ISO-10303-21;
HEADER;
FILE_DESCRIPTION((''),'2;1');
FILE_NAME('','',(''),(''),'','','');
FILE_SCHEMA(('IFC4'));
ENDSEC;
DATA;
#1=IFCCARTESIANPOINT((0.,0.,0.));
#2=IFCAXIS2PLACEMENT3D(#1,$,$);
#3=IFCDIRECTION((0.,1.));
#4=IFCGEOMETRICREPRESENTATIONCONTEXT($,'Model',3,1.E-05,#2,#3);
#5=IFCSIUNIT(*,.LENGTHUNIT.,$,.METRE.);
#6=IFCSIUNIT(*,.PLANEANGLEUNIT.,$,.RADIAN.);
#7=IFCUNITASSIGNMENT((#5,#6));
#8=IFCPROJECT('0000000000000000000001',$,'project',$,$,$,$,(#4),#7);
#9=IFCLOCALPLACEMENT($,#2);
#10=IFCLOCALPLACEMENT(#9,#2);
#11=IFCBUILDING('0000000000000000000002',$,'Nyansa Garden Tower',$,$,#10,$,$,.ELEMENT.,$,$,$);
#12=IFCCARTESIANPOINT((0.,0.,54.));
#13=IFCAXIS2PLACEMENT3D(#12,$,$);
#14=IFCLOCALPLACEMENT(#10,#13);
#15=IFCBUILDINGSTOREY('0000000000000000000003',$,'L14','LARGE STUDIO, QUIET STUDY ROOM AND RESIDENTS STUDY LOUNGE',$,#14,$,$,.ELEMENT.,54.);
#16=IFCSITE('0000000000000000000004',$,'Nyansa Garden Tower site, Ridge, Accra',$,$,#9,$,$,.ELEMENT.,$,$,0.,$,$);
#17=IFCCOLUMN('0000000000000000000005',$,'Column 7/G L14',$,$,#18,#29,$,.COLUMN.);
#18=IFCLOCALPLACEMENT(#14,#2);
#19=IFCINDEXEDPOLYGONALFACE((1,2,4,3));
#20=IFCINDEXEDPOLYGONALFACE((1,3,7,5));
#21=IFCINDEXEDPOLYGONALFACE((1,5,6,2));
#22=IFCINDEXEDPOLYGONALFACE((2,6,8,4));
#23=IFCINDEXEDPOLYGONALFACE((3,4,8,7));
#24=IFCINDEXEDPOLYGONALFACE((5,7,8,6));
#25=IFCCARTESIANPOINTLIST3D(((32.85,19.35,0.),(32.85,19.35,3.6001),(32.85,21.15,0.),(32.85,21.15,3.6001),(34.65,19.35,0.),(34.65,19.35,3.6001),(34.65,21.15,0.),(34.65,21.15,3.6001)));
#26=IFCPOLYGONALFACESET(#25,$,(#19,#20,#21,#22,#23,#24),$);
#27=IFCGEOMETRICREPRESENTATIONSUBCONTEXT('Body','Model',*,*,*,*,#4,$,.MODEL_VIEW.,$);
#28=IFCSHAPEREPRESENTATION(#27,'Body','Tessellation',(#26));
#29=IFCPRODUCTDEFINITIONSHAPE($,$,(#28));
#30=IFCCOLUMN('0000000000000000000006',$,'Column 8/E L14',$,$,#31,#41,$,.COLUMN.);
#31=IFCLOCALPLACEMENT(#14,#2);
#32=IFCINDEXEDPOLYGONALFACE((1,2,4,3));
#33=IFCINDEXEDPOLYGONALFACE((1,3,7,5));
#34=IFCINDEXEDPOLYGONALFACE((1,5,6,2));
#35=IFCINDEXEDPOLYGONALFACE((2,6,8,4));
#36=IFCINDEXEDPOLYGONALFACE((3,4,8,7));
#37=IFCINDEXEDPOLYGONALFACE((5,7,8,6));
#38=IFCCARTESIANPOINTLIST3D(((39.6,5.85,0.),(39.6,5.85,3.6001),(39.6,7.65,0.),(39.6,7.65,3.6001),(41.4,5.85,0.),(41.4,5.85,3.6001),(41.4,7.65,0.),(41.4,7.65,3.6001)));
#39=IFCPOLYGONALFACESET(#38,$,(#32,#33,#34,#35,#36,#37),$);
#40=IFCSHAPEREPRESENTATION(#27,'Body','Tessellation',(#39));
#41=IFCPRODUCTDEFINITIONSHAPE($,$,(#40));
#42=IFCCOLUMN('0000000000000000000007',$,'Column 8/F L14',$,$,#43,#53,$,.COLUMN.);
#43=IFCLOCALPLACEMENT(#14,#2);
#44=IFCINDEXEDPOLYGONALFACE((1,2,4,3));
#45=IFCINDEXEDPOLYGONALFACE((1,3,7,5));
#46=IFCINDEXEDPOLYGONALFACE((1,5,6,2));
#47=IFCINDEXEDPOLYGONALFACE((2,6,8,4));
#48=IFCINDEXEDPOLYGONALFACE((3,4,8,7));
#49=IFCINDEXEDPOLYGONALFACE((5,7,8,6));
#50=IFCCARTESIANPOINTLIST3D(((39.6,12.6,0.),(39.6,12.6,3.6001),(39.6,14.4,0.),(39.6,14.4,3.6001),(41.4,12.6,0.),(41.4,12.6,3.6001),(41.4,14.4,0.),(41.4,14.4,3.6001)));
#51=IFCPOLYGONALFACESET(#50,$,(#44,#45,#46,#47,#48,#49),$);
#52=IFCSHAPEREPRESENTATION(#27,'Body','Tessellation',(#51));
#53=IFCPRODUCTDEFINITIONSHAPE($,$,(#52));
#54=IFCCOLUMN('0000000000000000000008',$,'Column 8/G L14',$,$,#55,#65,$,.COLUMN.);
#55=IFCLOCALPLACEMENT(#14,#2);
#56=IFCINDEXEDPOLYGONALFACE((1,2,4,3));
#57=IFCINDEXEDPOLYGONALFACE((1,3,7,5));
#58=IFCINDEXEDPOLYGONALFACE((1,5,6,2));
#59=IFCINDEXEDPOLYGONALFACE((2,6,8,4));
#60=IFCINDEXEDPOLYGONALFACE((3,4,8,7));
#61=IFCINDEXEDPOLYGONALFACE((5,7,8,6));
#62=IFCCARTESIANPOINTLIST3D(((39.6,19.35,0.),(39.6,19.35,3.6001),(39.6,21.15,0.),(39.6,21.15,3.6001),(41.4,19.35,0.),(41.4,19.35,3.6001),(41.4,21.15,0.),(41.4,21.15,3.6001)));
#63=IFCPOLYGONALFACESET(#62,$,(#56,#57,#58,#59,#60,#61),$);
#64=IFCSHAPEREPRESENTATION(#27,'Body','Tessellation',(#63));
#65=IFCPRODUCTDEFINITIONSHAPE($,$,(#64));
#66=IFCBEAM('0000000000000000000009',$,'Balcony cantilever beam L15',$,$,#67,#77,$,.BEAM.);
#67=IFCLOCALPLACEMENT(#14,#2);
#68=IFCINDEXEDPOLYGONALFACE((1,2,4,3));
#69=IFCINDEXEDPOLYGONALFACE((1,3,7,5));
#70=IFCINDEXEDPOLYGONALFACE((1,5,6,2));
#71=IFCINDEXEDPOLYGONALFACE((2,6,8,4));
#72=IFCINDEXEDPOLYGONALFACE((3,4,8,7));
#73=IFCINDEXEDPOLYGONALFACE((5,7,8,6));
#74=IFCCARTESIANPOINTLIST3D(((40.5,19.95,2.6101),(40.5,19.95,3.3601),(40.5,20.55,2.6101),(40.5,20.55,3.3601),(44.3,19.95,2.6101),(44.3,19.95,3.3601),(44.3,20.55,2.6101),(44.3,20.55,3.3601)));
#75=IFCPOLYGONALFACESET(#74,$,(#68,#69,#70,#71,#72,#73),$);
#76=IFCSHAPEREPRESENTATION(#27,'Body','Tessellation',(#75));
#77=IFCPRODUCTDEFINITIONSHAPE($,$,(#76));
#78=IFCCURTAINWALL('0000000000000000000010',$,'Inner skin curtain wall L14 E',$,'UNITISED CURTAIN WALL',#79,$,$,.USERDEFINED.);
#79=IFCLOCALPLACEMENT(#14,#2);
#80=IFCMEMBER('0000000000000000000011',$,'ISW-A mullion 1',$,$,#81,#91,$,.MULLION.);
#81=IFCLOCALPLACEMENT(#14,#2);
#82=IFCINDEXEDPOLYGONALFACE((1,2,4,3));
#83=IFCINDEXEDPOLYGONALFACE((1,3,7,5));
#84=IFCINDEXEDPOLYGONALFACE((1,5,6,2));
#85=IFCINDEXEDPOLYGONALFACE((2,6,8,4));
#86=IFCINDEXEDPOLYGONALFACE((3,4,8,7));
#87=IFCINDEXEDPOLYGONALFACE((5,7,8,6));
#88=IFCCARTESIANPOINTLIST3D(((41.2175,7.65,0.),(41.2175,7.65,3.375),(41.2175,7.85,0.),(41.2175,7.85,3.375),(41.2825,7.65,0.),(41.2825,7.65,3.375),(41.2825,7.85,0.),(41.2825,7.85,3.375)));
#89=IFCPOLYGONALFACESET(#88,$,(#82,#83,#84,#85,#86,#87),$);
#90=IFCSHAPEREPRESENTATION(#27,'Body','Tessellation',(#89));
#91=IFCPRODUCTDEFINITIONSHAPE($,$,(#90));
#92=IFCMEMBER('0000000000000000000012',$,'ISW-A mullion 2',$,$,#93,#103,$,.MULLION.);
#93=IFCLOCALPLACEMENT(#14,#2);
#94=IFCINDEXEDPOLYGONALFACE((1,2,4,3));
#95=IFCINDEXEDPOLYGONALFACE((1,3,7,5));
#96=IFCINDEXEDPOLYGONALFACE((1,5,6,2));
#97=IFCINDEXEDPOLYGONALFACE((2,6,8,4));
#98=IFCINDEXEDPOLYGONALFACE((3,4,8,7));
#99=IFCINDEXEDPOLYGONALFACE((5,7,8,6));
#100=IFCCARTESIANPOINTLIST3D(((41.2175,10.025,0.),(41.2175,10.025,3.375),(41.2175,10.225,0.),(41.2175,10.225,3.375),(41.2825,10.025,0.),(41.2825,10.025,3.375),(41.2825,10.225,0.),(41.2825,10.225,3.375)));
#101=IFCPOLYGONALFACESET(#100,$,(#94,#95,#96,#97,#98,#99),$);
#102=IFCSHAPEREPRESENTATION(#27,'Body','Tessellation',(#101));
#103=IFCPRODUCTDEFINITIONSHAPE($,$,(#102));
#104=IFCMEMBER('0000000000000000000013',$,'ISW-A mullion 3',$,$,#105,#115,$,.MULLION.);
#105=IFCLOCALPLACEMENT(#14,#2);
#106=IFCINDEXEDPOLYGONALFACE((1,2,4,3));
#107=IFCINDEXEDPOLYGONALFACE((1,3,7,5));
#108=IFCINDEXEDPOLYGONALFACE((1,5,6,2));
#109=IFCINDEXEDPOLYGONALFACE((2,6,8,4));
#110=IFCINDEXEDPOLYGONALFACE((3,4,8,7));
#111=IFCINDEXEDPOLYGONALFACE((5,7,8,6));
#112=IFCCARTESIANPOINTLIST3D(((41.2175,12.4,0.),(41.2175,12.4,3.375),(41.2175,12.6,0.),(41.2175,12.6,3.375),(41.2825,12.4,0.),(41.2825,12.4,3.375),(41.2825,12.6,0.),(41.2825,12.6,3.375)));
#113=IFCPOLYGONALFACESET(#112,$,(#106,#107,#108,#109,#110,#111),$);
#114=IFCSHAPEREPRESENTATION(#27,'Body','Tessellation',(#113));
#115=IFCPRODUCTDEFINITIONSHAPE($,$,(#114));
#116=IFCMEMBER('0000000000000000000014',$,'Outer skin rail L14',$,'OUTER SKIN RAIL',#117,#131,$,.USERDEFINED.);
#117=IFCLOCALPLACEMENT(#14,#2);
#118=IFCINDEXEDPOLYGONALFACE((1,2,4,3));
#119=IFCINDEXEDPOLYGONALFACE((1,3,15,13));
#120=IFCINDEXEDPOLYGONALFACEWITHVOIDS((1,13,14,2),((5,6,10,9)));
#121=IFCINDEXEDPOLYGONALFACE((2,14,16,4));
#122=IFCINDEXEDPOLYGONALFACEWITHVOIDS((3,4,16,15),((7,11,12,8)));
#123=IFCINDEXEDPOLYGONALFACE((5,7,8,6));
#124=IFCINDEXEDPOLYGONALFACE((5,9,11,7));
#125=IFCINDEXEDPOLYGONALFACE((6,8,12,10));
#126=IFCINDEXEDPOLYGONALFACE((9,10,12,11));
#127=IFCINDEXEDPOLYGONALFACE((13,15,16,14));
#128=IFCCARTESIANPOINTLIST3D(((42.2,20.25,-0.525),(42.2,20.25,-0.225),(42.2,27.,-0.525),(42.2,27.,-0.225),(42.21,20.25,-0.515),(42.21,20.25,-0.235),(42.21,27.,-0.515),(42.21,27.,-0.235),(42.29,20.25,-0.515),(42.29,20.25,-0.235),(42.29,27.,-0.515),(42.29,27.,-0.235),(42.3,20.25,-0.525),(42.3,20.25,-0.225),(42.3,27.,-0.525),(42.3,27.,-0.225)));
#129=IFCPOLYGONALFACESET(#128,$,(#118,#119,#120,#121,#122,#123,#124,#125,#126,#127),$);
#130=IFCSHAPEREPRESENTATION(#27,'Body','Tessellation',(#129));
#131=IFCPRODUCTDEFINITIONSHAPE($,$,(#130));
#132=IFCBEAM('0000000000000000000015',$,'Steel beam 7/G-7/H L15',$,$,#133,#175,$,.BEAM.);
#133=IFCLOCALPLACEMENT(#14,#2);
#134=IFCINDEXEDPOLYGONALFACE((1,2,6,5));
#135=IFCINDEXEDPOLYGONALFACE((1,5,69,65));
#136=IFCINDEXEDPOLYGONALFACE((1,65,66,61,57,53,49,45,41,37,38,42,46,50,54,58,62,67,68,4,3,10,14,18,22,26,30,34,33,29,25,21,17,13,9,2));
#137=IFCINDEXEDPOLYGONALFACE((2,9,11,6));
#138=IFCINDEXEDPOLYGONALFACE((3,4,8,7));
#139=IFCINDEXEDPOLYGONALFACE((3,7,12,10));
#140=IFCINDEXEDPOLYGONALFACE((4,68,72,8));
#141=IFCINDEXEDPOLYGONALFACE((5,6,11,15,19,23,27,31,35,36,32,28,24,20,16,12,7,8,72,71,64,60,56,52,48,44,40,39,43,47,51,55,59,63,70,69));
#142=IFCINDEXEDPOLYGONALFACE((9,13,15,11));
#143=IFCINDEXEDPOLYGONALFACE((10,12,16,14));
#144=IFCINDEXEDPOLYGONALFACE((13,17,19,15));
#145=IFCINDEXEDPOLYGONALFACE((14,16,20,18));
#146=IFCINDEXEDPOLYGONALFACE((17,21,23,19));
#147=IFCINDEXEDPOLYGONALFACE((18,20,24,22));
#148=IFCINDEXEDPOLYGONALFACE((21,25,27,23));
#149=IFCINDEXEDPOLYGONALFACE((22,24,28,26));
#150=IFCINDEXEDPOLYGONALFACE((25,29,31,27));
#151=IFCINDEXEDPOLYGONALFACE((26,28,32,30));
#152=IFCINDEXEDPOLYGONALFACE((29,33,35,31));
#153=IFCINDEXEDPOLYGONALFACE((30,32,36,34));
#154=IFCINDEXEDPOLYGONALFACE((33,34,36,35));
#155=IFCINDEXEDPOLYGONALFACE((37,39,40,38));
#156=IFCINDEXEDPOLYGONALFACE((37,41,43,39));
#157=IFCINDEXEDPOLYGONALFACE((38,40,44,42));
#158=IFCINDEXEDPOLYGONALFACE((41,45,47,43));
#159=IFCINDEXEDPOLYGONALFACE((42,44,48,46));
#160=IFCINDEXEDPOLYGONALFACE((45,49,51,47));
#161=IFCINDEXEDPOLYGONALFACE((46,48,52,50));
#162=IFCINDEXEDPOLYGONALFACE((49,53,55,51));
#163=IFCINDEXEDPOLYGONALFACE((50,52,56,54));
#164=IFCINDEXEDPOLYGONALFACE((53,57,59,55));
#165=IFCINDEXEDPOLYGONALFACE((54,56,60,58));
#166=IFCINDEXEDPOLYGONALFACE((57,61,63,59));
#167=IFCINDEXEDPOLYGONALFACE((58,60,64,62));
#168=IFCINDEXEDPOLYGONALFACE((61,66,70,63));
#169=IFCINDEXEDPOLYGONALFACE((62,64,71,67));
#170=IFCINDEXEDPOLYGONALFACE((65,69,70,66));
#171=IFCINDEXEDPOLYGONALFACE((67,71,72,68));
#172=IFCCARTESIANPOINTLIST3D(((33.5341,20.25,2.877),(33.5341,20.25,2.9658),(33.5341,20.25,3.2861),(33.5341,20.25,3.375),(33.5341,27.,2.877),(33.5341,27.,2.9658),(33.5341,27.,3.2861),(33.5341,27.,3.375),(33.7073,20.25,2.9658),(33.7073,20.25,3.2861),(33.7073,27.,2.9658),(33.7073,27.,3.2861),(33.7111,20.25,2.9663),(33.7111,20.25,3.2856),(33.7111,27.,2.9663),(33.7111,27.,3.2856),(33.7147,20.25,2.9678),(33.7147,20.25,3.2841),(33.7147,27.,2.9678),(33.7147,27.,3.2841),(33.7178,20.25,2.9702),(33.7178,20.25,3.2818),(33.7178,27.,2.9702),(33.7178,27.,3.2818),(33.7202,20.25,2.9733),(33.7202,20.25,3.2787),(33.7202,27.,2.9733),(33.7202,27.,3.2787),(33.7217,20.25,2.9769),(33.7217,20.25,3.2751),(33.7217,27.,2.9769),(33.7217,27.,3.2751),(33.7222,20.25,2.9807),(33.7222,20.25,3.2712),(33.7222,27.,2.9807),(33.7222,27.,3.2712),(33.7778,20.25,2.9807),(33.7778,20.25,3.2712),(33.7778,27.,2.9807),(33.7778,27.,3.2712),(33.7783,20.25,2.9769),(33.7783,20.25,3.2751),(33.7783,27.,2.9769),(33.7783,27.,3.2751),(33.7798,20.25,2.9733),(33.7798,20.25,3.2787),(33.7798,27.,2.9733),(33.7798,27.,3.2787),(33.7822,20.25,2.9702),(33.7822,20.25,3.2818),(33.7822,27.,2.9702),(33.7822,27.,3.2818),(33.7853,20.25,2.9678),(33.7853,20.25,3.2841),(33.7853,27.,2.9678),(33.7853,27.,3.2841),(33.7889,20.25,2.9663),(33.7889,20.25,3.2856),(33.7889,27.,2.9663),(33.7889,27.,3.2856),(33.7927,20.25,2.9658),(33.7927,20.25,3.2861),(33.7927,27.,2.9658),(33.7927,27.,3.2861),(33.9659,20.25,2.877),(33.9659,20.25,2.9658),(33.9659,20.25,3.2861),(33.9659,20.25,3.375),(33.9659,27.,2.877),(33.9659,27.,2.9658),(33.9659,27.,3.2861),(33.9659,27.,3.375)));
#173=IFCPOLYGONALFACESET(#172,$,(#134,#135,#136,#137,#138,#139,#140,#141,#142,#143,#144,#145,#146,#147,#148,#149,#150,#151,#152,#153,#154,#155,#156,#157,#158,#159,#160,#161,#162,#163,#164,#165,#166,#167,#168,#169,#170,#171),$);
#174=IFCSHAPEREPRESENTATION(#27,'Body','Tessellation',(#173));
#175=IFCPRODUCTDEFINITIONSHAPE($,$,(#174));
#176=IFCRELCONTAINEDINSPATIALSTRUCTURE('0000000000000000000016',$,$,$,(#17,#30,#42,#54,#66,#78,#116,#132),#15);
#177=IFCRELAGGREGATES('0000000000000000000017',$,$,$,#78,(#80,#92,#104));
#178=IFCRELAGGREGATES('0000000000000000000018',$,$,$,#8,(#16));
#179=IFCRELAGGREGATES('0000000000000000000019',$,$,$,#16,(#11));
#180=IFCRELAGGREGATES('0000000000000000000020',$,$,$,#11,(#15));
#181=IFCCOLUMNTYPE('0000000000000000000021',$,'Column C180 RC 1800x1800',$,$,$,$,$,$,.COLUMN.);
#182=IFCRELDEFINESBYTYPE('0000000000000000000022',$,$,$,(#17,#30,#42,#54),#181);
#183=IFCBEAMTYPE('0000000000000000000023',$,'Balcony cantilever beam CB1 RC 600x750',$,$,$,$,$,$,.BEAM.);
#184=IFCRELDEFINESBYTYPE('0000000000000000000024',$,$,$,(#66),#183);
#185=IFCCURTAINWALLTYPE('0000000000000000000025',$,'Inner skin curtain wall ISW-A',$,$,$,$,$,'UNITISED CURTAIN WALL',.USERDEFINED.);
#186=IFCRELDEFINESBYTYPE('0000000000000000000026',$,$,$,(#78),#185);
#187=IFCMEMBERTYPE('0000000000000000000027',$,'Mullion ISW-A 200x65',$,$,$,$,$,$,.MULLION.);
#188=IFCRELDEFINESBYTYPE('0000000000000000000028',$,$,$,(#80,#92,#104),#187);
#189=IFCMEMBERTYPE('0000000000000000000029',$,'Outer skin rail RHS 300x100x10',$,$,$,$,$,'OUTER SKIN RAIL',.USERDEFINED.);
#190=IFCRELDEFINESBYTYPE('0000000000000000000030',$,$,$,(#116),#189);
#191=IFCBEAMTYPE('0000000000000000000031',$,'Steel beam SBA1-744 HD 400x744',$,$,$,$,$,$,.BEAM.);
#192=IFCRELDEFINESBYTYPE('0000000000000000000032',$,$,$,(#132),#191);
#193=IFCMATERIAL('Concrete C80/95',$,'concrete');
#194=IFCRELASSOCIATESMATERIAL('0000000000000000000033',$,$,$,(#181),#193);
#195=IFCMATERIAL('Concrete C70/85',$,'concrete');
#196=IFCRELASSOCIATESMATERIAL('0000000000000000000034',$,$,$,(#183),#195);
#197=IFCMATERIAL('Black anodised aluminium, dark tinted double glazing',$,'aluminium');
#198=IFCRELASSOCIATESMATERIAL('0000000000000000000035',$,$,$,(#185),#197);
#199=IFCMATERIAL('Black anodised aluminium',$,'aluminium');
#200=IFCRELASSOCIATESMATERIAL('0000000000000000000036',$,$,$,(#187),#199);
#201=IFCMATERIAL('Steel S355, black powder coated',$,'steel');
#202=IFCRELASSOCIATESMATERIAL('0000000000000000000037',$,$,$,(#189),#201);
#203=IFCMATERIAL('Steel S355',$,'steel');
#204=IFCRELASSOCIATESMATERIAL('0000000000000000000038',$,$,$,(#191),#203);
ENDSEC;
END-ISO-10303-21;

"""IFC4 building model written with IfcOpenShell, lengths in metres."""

from ifc_helpers import new_model, si_unit, direction, frame, origin, origin_2d, place, context, subcontext, project, spatial, rectangle, hollow_rectangle, i_section, extrude, material, material_profile, profile_set, type_object, element, aggregate, save


model = new_model("IFC4")

# Units and contexts
model_context = context("Model", 3, precision=1e-05, world=origin(), true_north=direction((0.0, 1.0)))
body_context = subcontext(model_context, "Body", "Model", "MODEL_VIEW")
ifc_project = project(units=[si_unit("LENGTHUNIT", "METRE"), si_unit("PLANEANGLEUNIT", "RADIAN")], contexts=[model_context])

# Site, building, storey
site_placement = place(None, origin())
site = spatial("IfcSite", under=ifc_project, at=site_placement, Name="Nyansa Garden Tower site, Ridge, Accra", CompositionType="ELEMENT", RefElevation=0.0)
building_placement = place(site_placement, origin())
building = spatial("IfcBuilding", under=site, at=building_placement, Name="Nyansa Garden Tower", CompositionType="ELEMENT")
storey_placement = place(building_placement, frame((0.0, 0.0, 54.0)))
storey = spatial("IfcBuildingStorey", under=building, at=storey_placement, Name="L14", Description="LARGE STUDIO, QUIET STUDY ROOM AND RESIDENTS STUDY LOUNGE", CompositionType="ELEMENT", Elevation=54.0)

# Columns
ifc_material_1 = material(Name="Concrete C80/95", Category="concrete")
ifc_material_profile_1 = material_profile(ifc_material_1, rectangle(XDim=1.8, YDim=1.8, at=origin_2d()), Name="RC 1800x1800")
ifc_profile_set_1 = profile_set([ifc_material_profile_1], Name="Concrete C80/95")
column_type = type_object("IfcColumnType", Name="Column C180 RC 1800x1800", PredefinedType="COLUMN", material=ifc_profile_set_1)
for number, where, z_axis, x_axis, name in (
    (1, (33.75, 20.25, 0.0), (0.0, 0.0, 1.0), (1.0, 0.0, 0.0), "Column 7/G L14"),
    (2, (40.5, 6.75, 0.0), (0.0, 0.0, 1.0), (1.0, 0.0, 0.0), "Column 8/E L14"),
    (3, (40.5, 13.5, 0.0), (0.0, 0.0, 1.0), (1.0, 0.0, 0.0), "Column 8/F L14"),
    (4, (40.5, 20.25, 0.0), (0.0, 0.0, 1.0), (1.0, 0.0, 0.0), "Column 8/G L14"),
):
    element("IfcColumn", number, at=place(storey_placement, frame(where, z_axis=z_axis, x_axis=x_axis)), inside=storey, type_object=column_type, Name=name, PredefinedType="COLUMN", context=body_context, shape_type="SweptSolid", body=[
        extrude(rectangle(XDim=1.8, YDim=1.8, at=origin_2d()), origin(), (0.0, 0.0, 1.0), 3.6001),
    ])

# Beam
ifc_material_2 = material(Name="Concrete C70/85", Category="concrete")
ifc_material_profile_2 = material_profile(ifc_material_2, rectangle(XDim=0.6001, YDim=0.75, at=origin_2d()), Name="RC 600x750")
ifc_profile_set_2 = profile_set([ifc_material_profile_2], Name="Concrete C70/85")
beam_type_1 = type_object("IfcBeamType", Name="Balcony cantilever beam CB1 RC 600x750", PredefinedType="BEAM", material=ifc_profile_set_2)
beam_placement = place(storey_placement, frame((40.5, 20.25, 2.9851), z_axis=(1.0, 0.0, 0.0), x_axis=(0.0, 1.0, 0.0)))
element("IfcBeam", 5, at=beam_placement, inside=storey, type_object=beam_type_1, Name="Balcony cantilever beam L15", PredefinedType="BEAM", context=body_context, shape_type="SweptSolid", body=[
    extrude(rectangle(XDim=0.6001, YDim=0.75, at=origin_2d()), origin(), (0.0, 0.0, 1.0), 3.8),
])

# Curtain wall, members
ifc_material_3 = material(Name="Black anodised aluminium, dark tinted double glazing", Category="aluminium")
curtain_wall_type = type_object("IfcCurtainWallType", Name="Inner skin curtain wall ISW-A", ElementType="UNITISED CURTAIN WALL", PredefinedType="USERDEFINED", material=ifc_material_3)
curtain_wall_placement = place(storey_placement, origin())
curtain_wall = element("IfcCurtainWall", 6, at=curtain_wall_placement, inside=storey, type_object=curtain_wall_type, Name="Inner skin curtain wall L14 E", ObjectType="UNITISED CURTAIN WALL", PredefinedType="USERDEFINED")
ifc_material_4 = material(Name="Black anodised aluminium", Category="aluminium")
ifc_material_profile_3 = material_profile(ifc_material_4, rectangle(XDim=0.0649, YDim=0.2, at=origin_2d()), Name="Mullion 200x65")
ifc_profile_set_3 = profile_set([ifc_material_profile_3], Name="Black anodised aluminium")
member_type_1 = type_object("IfcMemberType", Name="Mullion ISW-A 200x65", PredefinedType="MULLION", material=ifc_profile_set_3)
member_1_placement = place(storey_placement, frame((41.25, 7.75, 0.0), z_axis=(0.0, 0.0, 1.0), x_axis=(-1.0, 0.0, 0.0)))
member_1 = element("IfcMember", 7, at=member_1_placement, type_object=member_type_1, Name="ISW-A mullion 1", PredefinedType="MULLION", context=body_context, shape_type="SweptSolid", body=[
    extrude(rectangle(XDim=0.0649, YDim=0.2, at=origin_2d()), origin(), (0.0, 0.0, 1.0), 3.375),
])
member_2_placement = place(storey_placement, frame((41.25, 10.125, 0.0), z_axis=(0.0, 0.0, 1.0), x_axis=(-1.0, 0.0, 0.0)))
member_2 = element("IfcMember", 8, at=member_2_placement, type_object=member_type_1, Name="ISW-A mullion 2", PredefinedType="MULLION", context=body_context, shape_type="SweptSolid", body=[
    extrude(rectangle(XDim=0.0649, YDim=0.2, at=origin_2d()), origin(), (0.0, 0.0, 1.0), 3.375),
])
member_3_placement = place(storey_placement, frame((41.25, 12.5, 0.0), z_axis=(0.0, 0.0, 1.0), x_axis=(-1.0, 0.0, 0.0)))
member_3 = element("IfcMember", 9, at=member_3_placement, type_object=member_type_1, Name="ISW-A mullion 3", PredefinedType="MULLION", context=body_context, shape_type="SweptSolid", body=[
    extrude(rectangle(XDim=0.0649, YDim=0.2, at=origin_2d()), origin(), (0.0, 0.0, 1.0), 3.375),
])

# Member
ifc_material_5 = material(Name="Steel S355, black powder coated", Category="steel")
ifc_material_profile_4 = material_profile(ifc_material_5, hollow_rectangle(XDim=0.1001, YDim=0.3, WallThickness=0.01, at=origin_2d()), Name="RHS 300x100x10")
ifc_profile_set_4 = profile_set([ifc_material_profile_4], Name="Steel S355, black powder coated")
member_type_2 = type_object("IfcMemberType", Name="Outer skin rail RHS 300x100x10", ElementType="OUTER SKIN RAIL", PredefinedType="USERDEFINED", material=ifc_profile_set_4)
member_4_placement = place(storey_placement, frame((42.25, 20.25, -0.375), z_axis=(0.0, 1.0, 0.0), x_axis=(-1.0, 0.0, 0.0)))
element("IfcMember", 10, at=member_4_placement, inside=storey, type_object=member_type_2, Name="Outer skin rail L14", ObjectType="OUTER SKIN RAIL", PredefinedType="USERDEFINED", context=body_context, shape_type="SweptSolid", body=[
    extrude(hollow_rectangle(XDim=0.1001, YDim=0.3, WallThickness=0.01, at=origin_2d()), origin(), (0.0, 0.0, 1.0), 6.75),
])

# Beam
ifc_material_6 = material(Name="Steel S355", Category="steel")
ifc_material_profile_5 = material_profile(ifc_material_6, i_section(OverallWidth=0.4319, OverallDepth=0.498, WebThickness=0.0557, FlangeThickness=0.0889, FilletRadius=0.0149, at=origin_2d()), Name="HD 400x744")
ifc_profile_set_5 = profile_set([ifc_material_profile_5], Name="Steel S355")
beam_type_2 = type_object("IfcBeamType", Name="Steel beam SBA1-744 HD 400x744", PredefinedType="BEAM", material=ifc_profile_set_5)
for number, where, z_axis, x_axis, name in (
    (11, (33.75, 20.25, 3.126), (0.0, 1.0, 0.0), (-1.0, 0.0, 0.0), "Steel beam 7/G-7/H L15"),
):
    element("IfcBeam", number, at=place(storey_placement, frame(where, z_axis=z_axis, x_axis=x_axis)), inside=storey, type_object=beam_type_2, Name=name, PredefinedType="BEAM", context=body_context, shape_type="SweptSolid", body=[
        extrude(i_section(OverallWidth=0.4319, OverallDepth=0.498, WebThickness=0.0557, FlangeThickness=0.0889, FilletRadius=0.0149, at=origin_2d()), origin(), (0.0, 0.0, 1.0), 6.75),
    ])

aggregate(curtain_wall, [member_1, member_2, member_3])

save(model, "model.ifc")
